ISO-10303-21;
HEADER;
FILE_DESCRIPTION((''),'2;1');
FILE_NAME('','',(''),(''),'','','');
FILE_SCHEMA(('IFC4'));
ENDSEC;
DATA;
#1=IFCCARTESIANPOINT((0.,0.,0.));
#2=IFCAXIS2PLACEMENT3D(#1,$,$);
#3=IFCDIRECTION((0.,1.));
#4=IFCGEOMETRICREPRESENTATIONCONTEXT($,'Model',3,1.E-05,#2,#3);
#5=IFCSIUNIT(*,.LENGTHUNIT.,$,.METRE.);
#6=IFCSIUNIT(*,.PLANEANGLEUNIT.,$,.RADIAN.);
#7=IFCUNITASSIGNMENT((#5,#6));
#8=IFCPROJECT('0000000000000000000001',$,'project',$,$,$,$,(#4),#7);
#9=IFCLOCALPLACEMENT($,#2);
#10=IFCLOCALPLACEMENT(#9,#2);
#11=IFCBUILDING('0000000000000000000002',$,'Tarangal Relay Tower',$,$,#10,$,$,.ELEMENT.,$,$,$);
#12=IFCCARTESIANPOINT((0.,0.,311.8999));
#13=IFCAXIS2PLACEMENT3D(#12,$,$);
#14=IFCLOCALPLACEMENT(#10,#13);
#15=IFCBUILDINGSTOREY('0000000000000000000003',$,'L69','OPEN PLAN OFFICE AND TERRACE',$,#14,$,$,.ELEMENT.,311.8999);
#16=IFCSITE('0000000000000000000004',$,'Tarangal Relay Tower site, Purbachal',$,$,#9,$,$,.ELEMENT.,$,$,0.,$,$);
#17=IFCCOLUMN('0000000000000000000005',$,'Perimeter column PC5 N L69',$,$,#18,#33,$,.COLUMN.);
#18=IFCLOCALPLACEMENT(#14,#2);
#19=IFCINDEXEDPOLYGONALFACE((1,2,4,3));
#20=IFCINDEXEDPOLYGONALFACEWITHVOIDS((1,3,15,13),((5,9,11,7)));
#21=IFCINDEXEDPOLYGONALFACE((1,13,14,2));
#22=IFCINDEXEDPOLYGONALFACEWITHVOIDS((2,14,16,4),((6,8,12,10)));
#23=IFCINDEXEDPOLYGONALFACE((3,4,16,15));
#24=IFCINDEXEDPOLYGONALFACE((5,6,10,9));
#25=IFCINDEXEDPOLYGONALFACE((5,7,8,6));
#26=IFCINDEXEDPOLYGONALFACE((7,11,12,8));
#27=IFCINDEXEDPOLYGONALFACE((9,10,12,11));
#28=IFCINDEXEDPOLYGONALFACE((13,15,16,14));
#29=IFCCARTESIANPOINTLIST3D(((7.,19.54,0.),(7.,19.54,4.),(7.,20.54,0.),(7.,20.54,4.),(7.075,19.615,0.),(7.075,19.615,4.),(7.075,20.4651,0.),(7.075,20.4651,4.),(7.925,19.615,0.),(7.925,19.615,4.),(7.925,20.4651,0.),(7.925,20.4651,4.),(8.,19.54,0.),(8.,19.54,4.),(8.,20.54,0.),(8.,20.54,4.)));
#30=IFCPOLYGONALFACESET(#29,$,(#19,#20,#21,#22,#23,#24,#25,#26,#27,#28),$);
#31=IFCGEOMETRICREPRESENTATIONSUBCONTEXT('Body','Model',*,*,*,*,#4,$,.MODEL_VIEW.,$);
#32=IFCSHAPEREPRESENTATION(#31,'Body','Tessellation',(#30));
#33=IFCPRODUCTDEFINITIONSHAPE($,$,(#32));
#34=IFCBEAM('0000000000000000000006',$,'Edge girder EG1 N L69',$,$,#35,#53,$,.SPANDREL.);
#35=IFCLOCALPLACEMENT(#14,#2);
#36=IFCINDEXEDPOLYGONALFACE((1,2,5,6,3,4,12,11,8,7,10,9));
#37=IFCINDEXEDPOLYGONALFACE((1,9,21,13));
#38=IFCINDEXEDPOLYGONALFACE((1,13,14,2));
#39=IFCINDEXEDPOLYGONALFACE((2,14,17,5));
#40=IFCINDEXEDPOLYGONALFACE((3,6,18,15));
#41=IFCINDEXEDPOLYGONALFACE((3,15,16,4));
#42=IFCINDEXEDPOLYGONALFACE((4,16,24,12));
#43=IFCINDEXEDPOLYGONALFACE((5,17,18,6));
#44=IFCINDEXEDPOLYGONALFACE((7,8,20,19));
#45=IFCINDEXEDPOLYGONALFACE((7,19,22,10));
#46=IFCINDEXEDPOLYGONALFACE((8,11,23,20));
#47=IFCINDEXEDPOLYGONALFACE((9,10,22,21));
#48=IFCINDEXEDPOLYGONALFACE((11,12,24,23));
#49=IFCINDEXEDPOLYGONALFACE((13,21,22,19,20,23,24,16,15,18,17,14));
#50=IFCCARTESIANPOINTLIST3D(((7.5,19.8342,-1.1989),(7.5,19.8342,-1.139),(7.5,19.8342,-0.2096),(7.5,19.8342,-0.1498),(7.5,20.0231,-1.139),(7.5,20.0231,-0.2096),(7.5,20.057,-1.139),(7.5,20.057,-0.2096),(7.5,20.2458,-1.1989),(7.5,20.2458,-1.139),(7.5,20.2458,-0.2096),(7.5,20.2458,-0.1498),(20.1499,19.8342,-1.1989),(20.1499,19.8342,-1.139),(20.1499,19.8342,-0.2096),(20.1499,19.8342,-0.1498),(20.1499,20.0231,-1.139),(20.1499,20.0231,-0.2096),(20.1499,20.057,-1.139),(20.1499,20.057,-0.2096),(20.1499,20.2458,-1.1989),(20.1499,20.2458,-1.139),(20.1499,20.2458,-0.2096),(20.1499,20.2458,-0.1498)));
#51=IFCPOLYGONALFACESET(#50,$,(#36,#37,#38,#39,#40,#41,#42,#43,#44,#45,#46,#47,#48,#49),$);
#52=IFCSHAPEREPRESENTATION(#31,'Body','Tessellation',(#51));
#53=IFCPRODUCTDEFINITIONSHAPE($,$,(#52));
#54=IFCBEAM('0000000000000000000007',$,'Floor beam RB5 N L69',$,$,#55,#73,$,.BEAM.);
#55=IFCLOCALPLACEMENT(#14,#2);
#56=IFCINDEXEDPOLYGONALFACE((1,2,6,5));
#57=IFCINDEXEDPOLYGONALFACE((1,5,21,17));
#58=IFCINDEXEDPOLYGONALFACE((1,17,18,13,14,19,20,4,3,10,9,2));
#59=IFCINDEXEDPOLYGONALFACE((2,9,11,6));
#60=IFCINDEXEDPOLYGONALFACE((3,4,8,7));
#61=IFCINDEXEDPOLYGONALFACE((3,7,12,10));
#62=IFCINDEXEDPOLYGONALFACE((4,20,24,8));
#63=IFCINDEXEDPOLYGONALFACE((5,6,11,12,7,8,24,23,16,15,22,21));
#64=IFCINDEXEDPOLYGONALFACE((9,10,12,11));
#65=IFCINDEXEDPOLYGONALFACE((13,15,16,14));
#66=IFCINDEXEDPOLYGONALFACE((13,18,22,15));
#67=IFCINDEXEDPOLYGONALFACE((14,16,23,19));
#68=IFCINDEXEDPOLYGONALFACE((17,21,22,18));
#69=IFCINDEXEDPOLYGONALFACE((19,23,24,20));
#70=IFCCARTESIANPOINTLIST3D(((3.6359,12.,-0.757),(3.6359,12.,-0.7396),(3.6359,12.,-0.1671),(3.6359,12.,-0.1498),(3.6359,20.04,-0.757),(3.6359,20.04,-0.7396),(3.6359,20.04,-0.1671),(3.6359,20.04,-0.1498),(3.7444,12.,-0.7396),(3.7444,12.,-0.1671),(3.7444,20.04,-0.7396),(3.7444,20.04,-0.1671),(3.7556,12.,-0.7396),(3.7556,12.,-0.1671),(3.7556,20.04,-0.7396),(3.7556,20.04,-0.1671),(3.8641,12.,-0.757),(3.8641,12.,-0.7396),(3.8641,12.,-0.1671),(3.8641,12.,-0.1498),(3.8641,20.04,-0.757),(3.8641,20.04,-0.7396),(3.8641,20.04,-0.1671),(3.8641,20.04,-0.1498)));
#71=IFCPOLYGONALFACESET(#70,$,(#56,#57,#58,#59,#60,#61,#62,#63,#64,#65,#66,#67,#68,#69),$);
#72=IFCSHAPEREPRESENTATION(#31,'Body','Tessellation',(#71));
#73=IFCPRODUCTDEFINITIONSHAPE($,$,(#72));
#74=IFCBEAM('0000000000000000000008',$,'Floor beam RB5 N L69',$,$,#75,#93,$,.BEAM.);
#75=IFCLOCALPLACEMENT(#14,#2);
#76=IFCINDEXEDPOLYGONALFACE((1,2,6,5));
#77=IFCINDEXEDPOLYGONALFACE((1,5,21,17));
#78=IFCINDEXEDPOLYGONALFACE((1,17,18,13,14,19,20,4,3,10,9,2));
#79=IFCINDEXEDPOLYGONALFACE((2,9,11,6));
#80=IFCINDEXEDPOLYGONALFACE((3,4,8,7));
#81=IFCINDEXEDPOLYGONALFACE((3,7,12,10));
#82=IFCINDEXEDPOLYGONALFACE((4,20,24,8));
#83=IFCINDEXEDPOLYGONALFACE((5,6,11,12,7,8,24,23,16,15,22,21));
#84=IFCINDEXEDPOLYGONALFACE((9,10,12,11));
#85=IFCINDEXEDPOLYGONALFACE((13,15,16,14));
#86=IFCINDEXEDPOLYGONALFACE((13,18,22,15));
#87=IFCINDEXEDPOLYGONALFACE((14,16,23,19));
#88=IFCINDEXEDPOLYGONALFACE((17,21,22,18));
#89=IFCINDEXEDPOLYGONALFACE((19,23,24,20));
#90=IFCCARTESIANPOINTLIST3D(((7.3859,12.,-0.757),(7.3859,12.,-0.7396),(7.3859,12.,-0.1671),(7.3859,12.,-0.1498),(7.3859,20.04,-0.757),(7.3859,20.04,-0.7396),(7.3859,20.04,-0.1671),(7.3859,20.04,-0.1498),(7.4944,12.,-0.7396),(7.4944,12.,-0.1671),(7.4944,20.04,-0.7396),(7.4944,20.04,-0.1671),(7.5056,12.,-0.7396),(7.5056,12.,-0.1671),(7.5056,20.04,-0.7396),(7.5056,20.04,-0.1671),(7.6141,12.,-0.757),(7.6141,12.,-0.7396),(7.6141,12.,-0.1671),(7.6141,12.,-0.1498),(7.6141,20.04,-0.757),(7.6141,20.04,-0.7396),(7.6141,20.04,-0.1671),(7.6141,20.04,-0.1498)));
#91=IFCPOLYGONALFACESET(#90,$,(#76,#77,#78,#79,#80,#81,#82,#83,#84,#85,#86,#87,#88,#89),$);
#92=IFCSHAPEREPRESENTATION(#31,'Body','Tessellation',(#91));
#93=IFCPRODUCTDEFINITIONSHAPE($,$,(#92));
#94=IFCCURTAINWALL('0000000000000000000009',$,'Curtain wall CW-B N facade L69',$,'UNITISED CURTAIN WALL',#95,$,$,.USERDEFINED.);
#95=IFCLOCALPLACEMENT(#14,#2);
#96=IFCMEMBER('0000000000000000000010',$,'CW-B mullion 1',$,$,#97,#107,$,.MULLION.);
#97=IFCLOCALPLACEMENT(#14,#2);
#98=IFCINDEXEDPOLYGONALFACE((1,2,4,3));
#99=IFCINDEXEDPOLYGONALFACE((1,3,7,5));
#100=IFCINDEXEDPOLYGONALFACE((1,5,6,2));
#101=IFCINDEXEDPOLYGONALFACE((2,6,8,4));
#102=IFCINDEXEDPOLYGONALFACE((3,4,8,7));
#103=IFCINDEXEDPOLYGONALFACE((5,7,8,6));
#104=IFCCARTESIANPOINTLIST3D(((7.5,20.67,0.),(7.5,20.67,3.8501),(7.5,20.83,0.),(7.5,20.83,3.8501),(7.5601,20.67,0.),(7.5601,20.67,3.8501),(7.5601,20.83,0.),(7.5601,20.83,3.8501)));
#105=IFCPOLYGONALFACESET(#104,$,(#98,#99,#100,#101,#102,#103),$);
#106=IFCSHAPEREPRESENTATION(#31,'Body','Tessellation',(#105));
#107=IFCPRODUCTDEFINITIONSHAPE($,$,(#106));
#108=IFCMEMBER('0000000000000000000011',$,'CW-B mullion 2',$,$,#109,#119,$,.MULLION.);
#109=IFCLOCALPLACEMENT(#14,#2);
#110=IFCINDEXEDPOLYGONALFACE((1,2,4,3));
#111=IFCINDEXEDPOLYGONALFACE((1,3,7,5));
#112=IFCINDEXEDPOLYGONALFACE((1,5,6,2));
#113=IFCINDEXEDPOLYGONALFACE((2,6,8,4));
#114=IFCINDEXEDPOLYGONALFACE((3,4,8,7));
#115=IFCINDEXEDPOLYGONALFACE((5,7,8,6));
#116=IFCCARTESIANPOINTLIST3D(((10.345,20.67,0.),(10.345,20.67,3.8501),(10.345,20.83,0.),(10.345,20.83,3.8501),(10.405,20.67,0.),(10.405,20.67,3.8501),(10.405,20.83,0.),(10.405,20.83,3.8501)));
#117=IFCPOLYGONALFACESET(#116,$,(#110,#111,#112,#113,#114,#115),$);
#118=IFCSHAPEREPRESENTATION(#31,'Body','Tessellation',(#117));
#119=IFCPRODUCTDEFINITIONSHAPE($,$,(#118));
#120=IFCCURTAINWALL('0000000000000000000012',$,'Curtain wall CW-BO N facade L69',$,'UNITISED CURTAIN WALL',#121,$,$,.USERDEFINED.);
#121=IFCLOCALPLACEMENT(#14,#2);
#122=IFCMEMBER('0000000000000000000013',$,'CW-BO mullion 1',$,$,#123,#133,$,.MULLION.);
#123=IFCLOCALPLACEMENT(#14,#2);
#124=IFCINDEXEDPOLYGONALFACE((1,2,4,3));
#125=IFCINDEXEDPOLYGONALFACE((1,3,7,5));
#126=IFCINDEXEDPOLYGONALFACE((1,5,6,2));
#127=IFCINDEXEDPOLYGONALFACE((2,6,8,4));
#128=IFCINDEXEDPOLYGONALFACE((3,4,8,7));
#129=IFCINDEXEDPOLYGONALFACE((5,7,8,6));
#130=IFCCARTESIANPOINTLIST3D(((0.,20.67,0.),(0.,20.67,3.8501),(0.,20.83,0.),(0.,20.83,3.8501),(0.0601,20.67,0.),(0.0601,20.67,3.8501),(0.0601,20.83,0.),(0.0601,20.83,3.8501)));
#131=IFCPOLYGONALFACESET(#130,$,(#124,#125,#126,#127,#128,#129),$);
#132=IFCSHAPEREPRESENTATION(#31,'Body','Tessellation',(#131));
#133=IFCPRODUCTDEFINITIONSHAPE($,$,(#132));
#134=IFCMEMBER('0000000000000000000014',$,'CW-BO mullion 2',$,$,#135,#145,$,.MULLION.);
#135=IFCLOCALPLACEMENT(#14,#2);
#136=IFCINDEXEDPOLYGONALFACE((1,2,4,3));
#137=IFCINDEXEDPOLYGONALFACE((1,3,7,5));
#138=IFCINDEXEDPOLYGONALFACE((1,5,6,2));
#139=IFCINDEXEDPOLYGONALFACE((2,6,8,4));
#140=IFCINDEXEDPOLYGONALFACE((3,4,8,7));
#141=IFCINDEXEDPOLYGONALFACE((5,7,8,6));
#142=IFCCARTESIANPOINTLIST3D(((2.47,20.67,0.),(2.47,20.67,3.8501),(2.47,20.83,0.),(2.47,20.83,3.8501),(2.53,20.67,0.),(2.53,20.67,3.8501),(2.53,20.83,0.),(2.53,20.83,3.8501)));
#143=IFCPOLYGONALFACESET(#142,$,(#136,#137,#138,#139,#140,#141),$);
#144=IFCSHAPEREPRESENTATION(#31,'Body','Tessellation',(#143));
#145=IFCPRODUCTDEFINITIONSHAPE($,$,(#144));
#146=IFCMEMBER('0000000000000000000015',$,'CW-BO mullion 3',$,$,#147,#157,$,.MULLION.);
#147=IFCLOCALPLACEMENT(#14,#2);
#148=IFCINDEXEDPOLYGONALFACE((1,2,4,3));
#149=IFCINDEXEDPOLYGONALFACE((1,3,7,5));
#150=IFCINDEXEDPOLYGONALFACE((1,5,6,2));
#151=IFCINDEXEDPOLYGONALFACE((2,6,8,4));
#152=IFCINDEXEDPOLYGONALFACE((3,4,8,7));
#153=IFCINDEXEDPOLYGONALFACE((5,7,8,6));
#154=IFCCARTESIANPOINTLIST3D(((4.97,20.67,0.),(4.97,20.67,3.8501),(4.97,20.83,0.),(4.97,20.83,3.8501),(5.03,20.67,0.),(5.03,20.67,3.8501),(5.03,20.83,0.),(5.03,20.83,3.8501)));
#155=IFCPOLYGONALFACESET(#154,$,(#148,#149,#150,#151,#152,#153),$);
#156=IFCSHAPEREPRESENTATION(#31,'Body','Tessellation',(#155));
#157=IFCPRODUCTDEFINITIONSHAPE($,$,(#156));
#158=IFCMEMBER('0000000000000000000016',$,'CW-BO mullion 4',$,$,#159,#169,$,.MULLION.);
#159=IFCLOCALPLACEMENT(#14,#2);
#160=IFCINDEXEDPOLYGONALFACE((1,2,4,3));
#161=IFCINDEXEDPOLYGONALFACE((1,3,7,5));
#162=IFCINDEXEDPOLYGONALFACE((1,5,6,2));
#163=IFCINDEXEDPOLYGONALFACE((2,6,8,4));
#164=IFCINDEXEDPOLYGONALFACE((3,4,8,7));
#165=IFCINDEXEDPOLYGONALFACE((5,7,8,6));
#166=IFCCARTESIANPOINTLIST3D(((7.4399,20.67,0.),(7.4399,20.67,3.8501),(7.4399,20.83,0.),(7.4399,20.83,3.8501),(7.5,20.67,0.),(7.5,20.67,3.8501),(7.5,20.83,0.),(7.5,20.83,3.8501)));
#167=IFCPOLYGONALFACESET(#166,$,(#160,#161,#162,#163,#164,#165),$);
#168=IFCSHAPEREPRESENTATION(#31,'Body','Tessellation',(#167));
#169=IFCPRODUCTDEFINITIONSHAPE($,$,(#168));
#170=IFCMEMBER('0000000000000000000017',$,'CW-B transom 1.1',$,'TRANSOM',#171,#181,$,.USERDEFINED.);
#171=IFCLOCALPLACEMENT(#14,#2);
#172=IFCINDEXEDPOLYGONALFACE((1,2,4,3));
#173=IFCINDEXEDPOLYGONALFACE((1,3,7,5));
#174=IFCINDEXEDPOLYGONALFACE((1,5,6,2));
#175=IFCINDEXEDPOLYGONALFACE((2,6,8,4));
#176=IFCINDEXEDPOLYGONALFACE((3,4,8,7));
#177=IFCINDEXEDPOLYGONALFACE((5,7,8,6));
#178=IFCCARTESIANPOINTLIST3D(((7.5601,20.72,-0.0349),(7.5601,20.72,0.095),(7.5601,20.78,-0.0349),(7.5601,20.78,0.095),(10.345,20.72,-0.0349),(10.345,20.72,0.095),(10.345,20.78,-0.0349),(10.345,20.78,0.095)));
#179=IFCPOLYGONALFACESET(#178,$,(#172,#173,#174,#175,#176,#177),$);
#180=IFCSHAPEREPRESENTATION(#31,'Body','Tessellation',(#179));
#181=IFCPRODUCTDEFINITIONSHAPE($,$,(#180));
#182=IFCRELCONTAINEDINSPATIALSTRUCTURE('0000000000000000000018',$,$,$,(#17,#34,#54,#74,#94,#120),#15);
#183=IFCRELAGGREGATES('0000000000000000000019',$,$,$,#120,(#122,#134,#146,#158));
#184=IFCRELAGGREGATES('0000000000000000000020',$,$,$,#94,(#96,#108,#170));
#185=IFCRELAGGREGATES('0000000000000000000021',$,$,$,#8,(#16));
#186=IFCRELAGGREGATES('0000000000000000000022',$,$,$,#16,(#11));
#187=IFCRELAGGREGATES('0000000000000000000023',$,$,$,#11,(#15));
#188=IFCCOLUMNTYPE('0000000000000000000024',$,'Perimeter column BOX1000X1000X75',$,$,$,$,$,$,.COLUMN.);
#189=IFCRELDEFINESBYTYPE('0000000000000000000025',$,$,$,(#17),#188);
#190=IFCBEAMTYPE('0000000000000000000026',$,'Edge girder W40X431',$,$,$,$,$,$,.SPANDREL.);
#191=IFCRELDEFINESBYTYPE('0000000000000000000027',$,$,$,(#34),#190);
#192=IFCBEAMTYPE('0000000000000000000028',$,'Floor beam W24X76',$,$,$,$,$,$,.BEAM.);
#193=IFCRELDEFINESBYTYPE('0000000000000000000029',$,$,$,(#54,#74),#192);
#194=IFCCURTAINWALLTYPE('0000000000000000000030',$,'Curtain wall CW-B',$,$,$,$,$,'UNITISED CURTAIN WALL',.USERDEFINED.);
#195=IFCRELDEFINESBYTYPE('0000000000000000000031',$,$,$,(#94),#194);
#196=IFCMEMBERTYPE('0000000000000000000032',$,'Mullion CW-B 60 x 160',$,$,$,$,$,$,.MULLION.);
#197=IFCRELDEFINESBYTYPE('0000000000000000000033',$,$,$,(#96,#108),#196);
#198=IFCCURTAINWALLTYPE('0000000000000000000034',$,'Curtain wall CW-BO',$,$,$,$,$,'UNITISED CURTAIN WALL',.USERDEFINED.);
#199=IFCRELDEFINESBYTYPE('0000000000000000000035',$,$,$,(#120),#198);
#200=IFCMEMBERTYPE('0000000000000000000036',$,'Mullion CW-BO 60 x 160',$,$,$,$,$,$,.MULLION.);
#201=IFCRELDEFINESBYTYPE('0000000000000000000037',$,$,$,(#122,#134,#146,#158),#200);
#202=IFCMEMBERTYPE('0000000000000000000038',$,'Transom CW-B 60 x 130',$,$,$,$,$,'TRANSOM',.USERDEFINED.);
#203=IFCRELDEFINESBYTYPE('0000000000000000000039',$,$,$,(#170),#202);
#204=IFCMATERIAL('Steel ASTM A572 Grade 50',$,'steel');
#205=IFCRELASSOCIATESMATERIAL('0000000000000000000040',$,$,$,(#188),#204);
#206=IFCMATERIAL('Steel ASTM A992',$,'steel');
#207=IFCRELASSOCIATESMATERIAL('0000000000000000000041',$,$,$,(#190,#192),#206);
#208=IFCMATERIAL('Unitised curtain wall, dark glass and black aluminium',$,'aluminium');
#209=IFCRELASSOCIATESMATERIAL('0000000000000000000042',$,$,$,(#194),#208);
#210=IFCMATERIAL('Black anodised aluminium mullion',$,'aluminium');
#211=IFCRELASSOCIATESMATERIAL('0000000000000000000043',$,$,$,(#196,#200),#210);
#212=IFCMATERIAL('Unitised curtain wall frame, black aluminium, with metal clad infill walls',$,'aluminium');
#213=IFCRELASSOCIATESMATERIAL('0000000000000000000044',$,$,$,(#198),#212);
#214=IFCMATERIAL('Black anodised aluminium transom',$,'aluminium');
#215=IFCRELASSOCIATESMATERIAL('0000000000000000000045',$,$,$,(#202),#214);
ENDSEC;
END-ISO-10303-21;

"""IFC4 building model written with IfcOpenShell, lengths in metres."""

from ifc_helpers import new_model, si_unit, direction, frame, origin, origin_2d, place, context, subcontext, project, spatial, rectangle, hollow_rectangle, i_section, extrude, material, material_profile, profile_set, type_object, element, aggregate, save


model = new_model("IFC4")

# Units and contexts
model_context = context("Model", 3, precision=1e-05, world=origin(), true_north=direction((0.0, 1.0)))
body_context = subcontext(model_context, "Body", "Model", "MODEL_VIEW")
ifc_project = project(units=[si_unit("LENGTHUNIT", "METRE"), si_unit("PLANEANGLEUNIT", "RADIAN")], contexts=[model_context])

# Site, building, storey
site_placement = place(None, origin())
site = spatial("IfcSite", under=ifc_project, at=site_placement, Name="Tarangal Relay Tower site, Purbachal", CompositionType="ELEMENT", RefElevation=0.0)
building_placement = place(site_placement, origin())
building = spatial("IfcBuilding", under=site, at=building_placement, Name="Tarangal Relay Tower", CompositionType="ELEMENT")
storey_placement = place(building_placement, frame((0.0, 0.0, 311.8999)))
storey = spatial("IfcBuildingStorey", under=building, at=storey_placement, Name="L69", Description="OPEN PLAN OFFICE AND TERRACE", CompositionType="ELEMENT", Elevation=311.8999)

# Column
ifc_material_1 = material(Name="Steel ASTM A572 Grade 50", Category="steel")
ifc_material_profile_1 = material_profile(ifc_material_1, hollow_rectangle(XDim=1.0, YDim=1.0, WallThickness=0.075, at=origin_2d()), Name="BOX1000X1000X75")
ifc_profile_set_1 = profile_set([ifc_material_profile_1], Name="Steel ASTM A572 Grade 50")
column_type = type_object("IfcColumnType", Name="Perimeter column BOX1000X1000X75", PredefinedType="COLUMN", material=ifc_profile_set_1)
column_placement = place(storey_placement, frame((7.5, 20.04, 0.0), z_axis=(0.0, 0.0, 1.0), x_axis=(1.0, 0.0, 0.0)))
element("IfcColumn", 1, at=column_placement, inside=storey, type_object=column_type, Name="Perimeter column PC5 N L69", PredefinedType="COLUMN", context=body_context, shape_type="SweptSolid", body=[
    extrude(hollow_rectangle(XDim=1.0, YDim=1.0, WallThickness=0.075, at=origin_2d()), origin(), (0.0, 0.0, 1.0), 4.0),
])

# Beams
ifc_material_2 = material(Name="Steel ASTM A992", Category="steel")
ifc_material_profile_2 = material_profile(ifc_material_2, i_section(OverallWidth=0.4116, OverallDepth=1.0491, WebThickness=0.0339, FlangeThickness=0.0598, at=origin_2d()), Name="W40X431")
ifc_profile_set_2 = profile_set([ifc_material_profile_2], Name="Steel ASTM A992")
beam_type_1 = type_object("IfcBeamType", Name="Edge girder W40X431", PredefinedType="SPANDREL", material=ifc_profile_set_2)
beam_placement = place(storey_placement, frame((7.5, 20.04, -0.6743), z_axis=(1.0, 0.0, 0.0), x_axis=(0.0, 1.0, 0.0)))
element("IfcBeam", 2, at=beam_placement, inside=storey, type_object=beam_type_1, Name="Edge girder EG1 N L69", PredefinedType="SPANDREL", context=body_context, shape_type="SweptSolid", body=[
    extrude(i_section(OverallWidth=0.4116, OverallDepth=1.0491, WebThickness=0.0339, FlangeThickness=0.0598, at=origin_2d()), origin(), (0.0, 0.0, 1.0), 12.6499),
])
ifc_material_profile_3 = material_profile(ifc_material_2, i_section(OverallWidth=0.2283, OverallDepth=0.6072, WebThickness=0.0112, FlangeThickness=0.0173, at=origin_2d()), Name="W24X76")
ifc_profile_set_3 = profile_set([ifc_material_profile_3], Name="Steel ASTM A992")
beam_type_2 = type_object("IfcBeamType", Name="Floor beam W24X76", PredefinedType="BEAM", material=ifc_profile_set_3)
for number, where, z_axis, x_axis, name in (
    (3, (3.75, 12.0, -0.4534), (0.0, 1.0, 0.0), (-1.0, 0.0, 0.0), "Floor beam RB5 N L69"),
    (4, (7.5, 12.0, -0.4534), (0.0, 1.0, 0.0), (-1.0, 0.0, 0.0), "Floor beam RB5 N L69"),
):
    element("IfcBeam", number, at=place(storey_placement, frame(where, z_axis=z_axis, x_axis=x_axis)), inside=storey, type_object=beam_type_2, Name=name, PredefinedType="BEAM", context=body_context, shape_type="SweptSolid", body=[
        extrude(i_section(OverallWidth=0.2283, OverallDepth=0.6072, WebThickness=0.0112, FlangeThickness=0.0173, at=origin_2d()), origin(), (0.0, 0.0, 1.0), 8.04),
    ])

# Curtain walls, members
ifc_material_3 = material(Name="Unitised curtain wall, dark glass and black aluminium", Category="aluminium")
curtain_wall_type_1 = type_object("IfcCurtainWallType", Name="Curtain wall CW-B", ElementType="UNITISED CURTAIN WALL", PredefinedType="USERDEFINED", material=ifc_material_3)
curtain_wall_1_placement = place(storey_placement, origin())
curtain_wall_1 = element("IfcCurtainWall", 5, at=curtain_wall_1_placement, inside=storey, type_object=curtain_wall_type_1, Name="Curtain wall CW-B N facade L69", ObjectType="UNITISED CURTAIN WALL", PredefinedType="USERDEFINED")
ifc_material_4 = material(Name="Black anodised aluminium mullion", Category="aluminium")
ifc_material_profile_4 = material_profile(ifc_material_4, rectangle(XDim=0.1599, YDim=0.0601, at=origin_2d()), Name="CW-BM 60X160")
ifc_profile_set_4 = profile_set([ifc_material_profile_4], Name="Black anodised aluminium mullion")
member_type_1 = type_object("IfcMemberType", Name="Mullion CW-B 60 x 160", PredefinedType="MULLION", material=ifc_profile_set_4)
member_1_placement = place(storey_placement, frame((7.53, 20.75, 0.0), z_axis=(0.0, 0.0, 1.0), x_axis=(0.0, 1.0, 0.0)))
member_1 = element("IfcMember", 6, at=member_1_placement, type_object=member_type_1, Name="CW-B mullion 1", PredefinedType="MULLION", context=body_context, shape_type="SweptSolid", body=[
    extrude(rectangle(XDim=0.1599, YDim=0.0601, at=origin_2d()), origin(), (0.0, 0.0, 1.0), 3.8501),
])
member_2_placement = place(storey_placement, frame((10.375, 20.75, 0.0), z_axis=(0.0, 0.0, 1.0), x_axis=(0.0, 1.0, 0.0)))
member_2 = element("IfcMember", 7, at=member_2_placement, type_object=member_type_1, Name="CW-B mullion 2", PredefinedType="MULLION", context=body_context, shape_type="SweptSolid", body=[
    extrude(rectangle(XDim=0.1599, YDim=0.0601, at=origin_2d()), origin(), (0.0, 0.0, 1.0), 3.8501),
])
ifc_material_5 = material(Name="Unitised curtain wall frame, black aluminium, with metal clad infill walls", Category="aluminium")
curtain_wall_type_2 = type_object("IfcCurtainWallType", Name="Curtain wall CW-BO", ElementType="UNITISED CURTAIN WALL", PredefinedType="USERDEFINED", material=ifc_material_5)
curtain_wall_2_placement = place(storey_placement, origin())
curtain_wall_2 = element("IfcCurtainWall", 8, at=curtain_wall_2_placement, inside=storey, type_object=curtain_wall_type_2, Name="Curtain wall CW-BO N facade L69", ObjectType="UNITISED CURTAIN WALL", PredefinedType="USERDEFINED")
ifc_material_profile_5 = material_profile(ifc_material_4, rectangle(XDim=0.1599, YDim=0.0601, at=origin_2d()), Name="CW-BOM 60X160")
ifc_profile_set_5 = profile_set([ifc_material_profile_5], Name="Black anodised aluminium mullion")
member_type_2 = type_object("IfcMemberType", Name="Mullion CW-BO 60 x 160", PredefinedType="MULLION", material=ifc_profile_set_5)
member_3_placement = place(storey_placement, frame((0.03, 20.75, 0.0), z_axis=(0.0, 0.0, 1.0), x_axis=(0.0, 1.0, 0.0)))
member_3 = element("IfcMember", 9, at=member_3_placement, type_object=member_type_2, Name="CW-BO mullion 1", PredefinedType="MULLION", context=body_context, shape_type="SweptSolid", body=[
    extrude(rectangle(XDim=0.1599, YDim=0.0601, at=origin_2d()), origin(), (0.0, 0.0, 1.0), 3.8501),
])
member_4_placement = place(storey_placement, frame((2.5, 20.75, 0.0), z_axis=(0.0, 0.0, 1.0), x_axis=(0.0, 1.0, 0.0)))
member_4 = element("IfcMember", 10, at=member_4_placement, type_object=member_type_2, Name="CW-BO mullion 2", PredefinedType="MULLION", context=body_context, shape_type="SweptSolid", body=[
    extrude(rectangle(XDim=0.1599, YDim=0.0601, at=origin_2d()), origin(), (0.0, 0.0, 1.0), 3.8501),
])
member_5_placement = place(storey_placement, frame((5.0, 20.75, 0.0), z_axis=(0.0, 0.0, 1.0), x_axis=(0.0, 1.0, 0.0)))
member_5 = element("IfcMember", 11, at=member_5_placement, type_object=member_type_2, Name="CW-BO mullion 3", PredefinedType="MULLION", context=body_context, shape_type="SweptSolid", body=[
    extrude(rectangle(XDim=0.1599, YDim=0.0601, at=origin_2d()), origin(), (0.0, 0.0, 1.0), 3.8501),
])
member_6_placement = place(storey_placement, frame((7.47, 20.75, 0.0), z_axis=(0.0, 0.0, 1.0), x_axis=(0.0, 1.0, 0.0)))
member_6 = element("IfcMember", 12, at=member_6_placement, type_object=member_type_2, Name="CW-BO mullion 4", PredefinedType="MULLION", context=body_context, shape_type="SweptSolid", body=[
    extrude(rectangle(XDim=0.1599, YDim=0.0601, at=origin_2d()), origin(), (0.0, 0.0, 1.0), 3.8501),
])

# Member
ifc_material_6 = material(Name="Black anodised aluminium transom", Category="aluminium")
ifc_material_profile_6 = material_profile(ifc_material_6, rectangle(XDim=0.0601, YDim=0.1299, at=origin_2d()), Name="CW-BT 60X130")
ifc_profile_set_6 = profile_set([ifc_material_profile_6], Name="Black anodised aluminium transom")
member_type_3 = type_object("IfcMemberType", Name="Transom CW-B 60 x 130", ElementType="TRANSOM", PredefinedType="USERDEFINED", material=ifc_profile_set_6)
member_7_placement = place(storey_placement, frame((7.5601, 20.75, 0.03), z_axis=(1.0, 0.0, 0.0), x_axis=(0.0, 1.0, 0.0)))
member_7 = element("IfcMember", 13, at=member_7_placement, type_object=member_type_3, Name="CW-B transom 1.1", ObjectType="TRANSOM", PredefinedType="USERDEFINED", context=body_context, shape_type="SweptSolid", body=[
    extrude(rectangle(XDim=0.0601, YDim=0.1299, at=origin_2d()), origin(), (0.0, 0.0, 1.0), 2.7849),
])
aggregate(curtain_wall_2, [member_3, member_4, member_5, member_6])

aggregate(curtain_wall_1, [member_1, member_2, member_7])

save(model, "model.ifc")
